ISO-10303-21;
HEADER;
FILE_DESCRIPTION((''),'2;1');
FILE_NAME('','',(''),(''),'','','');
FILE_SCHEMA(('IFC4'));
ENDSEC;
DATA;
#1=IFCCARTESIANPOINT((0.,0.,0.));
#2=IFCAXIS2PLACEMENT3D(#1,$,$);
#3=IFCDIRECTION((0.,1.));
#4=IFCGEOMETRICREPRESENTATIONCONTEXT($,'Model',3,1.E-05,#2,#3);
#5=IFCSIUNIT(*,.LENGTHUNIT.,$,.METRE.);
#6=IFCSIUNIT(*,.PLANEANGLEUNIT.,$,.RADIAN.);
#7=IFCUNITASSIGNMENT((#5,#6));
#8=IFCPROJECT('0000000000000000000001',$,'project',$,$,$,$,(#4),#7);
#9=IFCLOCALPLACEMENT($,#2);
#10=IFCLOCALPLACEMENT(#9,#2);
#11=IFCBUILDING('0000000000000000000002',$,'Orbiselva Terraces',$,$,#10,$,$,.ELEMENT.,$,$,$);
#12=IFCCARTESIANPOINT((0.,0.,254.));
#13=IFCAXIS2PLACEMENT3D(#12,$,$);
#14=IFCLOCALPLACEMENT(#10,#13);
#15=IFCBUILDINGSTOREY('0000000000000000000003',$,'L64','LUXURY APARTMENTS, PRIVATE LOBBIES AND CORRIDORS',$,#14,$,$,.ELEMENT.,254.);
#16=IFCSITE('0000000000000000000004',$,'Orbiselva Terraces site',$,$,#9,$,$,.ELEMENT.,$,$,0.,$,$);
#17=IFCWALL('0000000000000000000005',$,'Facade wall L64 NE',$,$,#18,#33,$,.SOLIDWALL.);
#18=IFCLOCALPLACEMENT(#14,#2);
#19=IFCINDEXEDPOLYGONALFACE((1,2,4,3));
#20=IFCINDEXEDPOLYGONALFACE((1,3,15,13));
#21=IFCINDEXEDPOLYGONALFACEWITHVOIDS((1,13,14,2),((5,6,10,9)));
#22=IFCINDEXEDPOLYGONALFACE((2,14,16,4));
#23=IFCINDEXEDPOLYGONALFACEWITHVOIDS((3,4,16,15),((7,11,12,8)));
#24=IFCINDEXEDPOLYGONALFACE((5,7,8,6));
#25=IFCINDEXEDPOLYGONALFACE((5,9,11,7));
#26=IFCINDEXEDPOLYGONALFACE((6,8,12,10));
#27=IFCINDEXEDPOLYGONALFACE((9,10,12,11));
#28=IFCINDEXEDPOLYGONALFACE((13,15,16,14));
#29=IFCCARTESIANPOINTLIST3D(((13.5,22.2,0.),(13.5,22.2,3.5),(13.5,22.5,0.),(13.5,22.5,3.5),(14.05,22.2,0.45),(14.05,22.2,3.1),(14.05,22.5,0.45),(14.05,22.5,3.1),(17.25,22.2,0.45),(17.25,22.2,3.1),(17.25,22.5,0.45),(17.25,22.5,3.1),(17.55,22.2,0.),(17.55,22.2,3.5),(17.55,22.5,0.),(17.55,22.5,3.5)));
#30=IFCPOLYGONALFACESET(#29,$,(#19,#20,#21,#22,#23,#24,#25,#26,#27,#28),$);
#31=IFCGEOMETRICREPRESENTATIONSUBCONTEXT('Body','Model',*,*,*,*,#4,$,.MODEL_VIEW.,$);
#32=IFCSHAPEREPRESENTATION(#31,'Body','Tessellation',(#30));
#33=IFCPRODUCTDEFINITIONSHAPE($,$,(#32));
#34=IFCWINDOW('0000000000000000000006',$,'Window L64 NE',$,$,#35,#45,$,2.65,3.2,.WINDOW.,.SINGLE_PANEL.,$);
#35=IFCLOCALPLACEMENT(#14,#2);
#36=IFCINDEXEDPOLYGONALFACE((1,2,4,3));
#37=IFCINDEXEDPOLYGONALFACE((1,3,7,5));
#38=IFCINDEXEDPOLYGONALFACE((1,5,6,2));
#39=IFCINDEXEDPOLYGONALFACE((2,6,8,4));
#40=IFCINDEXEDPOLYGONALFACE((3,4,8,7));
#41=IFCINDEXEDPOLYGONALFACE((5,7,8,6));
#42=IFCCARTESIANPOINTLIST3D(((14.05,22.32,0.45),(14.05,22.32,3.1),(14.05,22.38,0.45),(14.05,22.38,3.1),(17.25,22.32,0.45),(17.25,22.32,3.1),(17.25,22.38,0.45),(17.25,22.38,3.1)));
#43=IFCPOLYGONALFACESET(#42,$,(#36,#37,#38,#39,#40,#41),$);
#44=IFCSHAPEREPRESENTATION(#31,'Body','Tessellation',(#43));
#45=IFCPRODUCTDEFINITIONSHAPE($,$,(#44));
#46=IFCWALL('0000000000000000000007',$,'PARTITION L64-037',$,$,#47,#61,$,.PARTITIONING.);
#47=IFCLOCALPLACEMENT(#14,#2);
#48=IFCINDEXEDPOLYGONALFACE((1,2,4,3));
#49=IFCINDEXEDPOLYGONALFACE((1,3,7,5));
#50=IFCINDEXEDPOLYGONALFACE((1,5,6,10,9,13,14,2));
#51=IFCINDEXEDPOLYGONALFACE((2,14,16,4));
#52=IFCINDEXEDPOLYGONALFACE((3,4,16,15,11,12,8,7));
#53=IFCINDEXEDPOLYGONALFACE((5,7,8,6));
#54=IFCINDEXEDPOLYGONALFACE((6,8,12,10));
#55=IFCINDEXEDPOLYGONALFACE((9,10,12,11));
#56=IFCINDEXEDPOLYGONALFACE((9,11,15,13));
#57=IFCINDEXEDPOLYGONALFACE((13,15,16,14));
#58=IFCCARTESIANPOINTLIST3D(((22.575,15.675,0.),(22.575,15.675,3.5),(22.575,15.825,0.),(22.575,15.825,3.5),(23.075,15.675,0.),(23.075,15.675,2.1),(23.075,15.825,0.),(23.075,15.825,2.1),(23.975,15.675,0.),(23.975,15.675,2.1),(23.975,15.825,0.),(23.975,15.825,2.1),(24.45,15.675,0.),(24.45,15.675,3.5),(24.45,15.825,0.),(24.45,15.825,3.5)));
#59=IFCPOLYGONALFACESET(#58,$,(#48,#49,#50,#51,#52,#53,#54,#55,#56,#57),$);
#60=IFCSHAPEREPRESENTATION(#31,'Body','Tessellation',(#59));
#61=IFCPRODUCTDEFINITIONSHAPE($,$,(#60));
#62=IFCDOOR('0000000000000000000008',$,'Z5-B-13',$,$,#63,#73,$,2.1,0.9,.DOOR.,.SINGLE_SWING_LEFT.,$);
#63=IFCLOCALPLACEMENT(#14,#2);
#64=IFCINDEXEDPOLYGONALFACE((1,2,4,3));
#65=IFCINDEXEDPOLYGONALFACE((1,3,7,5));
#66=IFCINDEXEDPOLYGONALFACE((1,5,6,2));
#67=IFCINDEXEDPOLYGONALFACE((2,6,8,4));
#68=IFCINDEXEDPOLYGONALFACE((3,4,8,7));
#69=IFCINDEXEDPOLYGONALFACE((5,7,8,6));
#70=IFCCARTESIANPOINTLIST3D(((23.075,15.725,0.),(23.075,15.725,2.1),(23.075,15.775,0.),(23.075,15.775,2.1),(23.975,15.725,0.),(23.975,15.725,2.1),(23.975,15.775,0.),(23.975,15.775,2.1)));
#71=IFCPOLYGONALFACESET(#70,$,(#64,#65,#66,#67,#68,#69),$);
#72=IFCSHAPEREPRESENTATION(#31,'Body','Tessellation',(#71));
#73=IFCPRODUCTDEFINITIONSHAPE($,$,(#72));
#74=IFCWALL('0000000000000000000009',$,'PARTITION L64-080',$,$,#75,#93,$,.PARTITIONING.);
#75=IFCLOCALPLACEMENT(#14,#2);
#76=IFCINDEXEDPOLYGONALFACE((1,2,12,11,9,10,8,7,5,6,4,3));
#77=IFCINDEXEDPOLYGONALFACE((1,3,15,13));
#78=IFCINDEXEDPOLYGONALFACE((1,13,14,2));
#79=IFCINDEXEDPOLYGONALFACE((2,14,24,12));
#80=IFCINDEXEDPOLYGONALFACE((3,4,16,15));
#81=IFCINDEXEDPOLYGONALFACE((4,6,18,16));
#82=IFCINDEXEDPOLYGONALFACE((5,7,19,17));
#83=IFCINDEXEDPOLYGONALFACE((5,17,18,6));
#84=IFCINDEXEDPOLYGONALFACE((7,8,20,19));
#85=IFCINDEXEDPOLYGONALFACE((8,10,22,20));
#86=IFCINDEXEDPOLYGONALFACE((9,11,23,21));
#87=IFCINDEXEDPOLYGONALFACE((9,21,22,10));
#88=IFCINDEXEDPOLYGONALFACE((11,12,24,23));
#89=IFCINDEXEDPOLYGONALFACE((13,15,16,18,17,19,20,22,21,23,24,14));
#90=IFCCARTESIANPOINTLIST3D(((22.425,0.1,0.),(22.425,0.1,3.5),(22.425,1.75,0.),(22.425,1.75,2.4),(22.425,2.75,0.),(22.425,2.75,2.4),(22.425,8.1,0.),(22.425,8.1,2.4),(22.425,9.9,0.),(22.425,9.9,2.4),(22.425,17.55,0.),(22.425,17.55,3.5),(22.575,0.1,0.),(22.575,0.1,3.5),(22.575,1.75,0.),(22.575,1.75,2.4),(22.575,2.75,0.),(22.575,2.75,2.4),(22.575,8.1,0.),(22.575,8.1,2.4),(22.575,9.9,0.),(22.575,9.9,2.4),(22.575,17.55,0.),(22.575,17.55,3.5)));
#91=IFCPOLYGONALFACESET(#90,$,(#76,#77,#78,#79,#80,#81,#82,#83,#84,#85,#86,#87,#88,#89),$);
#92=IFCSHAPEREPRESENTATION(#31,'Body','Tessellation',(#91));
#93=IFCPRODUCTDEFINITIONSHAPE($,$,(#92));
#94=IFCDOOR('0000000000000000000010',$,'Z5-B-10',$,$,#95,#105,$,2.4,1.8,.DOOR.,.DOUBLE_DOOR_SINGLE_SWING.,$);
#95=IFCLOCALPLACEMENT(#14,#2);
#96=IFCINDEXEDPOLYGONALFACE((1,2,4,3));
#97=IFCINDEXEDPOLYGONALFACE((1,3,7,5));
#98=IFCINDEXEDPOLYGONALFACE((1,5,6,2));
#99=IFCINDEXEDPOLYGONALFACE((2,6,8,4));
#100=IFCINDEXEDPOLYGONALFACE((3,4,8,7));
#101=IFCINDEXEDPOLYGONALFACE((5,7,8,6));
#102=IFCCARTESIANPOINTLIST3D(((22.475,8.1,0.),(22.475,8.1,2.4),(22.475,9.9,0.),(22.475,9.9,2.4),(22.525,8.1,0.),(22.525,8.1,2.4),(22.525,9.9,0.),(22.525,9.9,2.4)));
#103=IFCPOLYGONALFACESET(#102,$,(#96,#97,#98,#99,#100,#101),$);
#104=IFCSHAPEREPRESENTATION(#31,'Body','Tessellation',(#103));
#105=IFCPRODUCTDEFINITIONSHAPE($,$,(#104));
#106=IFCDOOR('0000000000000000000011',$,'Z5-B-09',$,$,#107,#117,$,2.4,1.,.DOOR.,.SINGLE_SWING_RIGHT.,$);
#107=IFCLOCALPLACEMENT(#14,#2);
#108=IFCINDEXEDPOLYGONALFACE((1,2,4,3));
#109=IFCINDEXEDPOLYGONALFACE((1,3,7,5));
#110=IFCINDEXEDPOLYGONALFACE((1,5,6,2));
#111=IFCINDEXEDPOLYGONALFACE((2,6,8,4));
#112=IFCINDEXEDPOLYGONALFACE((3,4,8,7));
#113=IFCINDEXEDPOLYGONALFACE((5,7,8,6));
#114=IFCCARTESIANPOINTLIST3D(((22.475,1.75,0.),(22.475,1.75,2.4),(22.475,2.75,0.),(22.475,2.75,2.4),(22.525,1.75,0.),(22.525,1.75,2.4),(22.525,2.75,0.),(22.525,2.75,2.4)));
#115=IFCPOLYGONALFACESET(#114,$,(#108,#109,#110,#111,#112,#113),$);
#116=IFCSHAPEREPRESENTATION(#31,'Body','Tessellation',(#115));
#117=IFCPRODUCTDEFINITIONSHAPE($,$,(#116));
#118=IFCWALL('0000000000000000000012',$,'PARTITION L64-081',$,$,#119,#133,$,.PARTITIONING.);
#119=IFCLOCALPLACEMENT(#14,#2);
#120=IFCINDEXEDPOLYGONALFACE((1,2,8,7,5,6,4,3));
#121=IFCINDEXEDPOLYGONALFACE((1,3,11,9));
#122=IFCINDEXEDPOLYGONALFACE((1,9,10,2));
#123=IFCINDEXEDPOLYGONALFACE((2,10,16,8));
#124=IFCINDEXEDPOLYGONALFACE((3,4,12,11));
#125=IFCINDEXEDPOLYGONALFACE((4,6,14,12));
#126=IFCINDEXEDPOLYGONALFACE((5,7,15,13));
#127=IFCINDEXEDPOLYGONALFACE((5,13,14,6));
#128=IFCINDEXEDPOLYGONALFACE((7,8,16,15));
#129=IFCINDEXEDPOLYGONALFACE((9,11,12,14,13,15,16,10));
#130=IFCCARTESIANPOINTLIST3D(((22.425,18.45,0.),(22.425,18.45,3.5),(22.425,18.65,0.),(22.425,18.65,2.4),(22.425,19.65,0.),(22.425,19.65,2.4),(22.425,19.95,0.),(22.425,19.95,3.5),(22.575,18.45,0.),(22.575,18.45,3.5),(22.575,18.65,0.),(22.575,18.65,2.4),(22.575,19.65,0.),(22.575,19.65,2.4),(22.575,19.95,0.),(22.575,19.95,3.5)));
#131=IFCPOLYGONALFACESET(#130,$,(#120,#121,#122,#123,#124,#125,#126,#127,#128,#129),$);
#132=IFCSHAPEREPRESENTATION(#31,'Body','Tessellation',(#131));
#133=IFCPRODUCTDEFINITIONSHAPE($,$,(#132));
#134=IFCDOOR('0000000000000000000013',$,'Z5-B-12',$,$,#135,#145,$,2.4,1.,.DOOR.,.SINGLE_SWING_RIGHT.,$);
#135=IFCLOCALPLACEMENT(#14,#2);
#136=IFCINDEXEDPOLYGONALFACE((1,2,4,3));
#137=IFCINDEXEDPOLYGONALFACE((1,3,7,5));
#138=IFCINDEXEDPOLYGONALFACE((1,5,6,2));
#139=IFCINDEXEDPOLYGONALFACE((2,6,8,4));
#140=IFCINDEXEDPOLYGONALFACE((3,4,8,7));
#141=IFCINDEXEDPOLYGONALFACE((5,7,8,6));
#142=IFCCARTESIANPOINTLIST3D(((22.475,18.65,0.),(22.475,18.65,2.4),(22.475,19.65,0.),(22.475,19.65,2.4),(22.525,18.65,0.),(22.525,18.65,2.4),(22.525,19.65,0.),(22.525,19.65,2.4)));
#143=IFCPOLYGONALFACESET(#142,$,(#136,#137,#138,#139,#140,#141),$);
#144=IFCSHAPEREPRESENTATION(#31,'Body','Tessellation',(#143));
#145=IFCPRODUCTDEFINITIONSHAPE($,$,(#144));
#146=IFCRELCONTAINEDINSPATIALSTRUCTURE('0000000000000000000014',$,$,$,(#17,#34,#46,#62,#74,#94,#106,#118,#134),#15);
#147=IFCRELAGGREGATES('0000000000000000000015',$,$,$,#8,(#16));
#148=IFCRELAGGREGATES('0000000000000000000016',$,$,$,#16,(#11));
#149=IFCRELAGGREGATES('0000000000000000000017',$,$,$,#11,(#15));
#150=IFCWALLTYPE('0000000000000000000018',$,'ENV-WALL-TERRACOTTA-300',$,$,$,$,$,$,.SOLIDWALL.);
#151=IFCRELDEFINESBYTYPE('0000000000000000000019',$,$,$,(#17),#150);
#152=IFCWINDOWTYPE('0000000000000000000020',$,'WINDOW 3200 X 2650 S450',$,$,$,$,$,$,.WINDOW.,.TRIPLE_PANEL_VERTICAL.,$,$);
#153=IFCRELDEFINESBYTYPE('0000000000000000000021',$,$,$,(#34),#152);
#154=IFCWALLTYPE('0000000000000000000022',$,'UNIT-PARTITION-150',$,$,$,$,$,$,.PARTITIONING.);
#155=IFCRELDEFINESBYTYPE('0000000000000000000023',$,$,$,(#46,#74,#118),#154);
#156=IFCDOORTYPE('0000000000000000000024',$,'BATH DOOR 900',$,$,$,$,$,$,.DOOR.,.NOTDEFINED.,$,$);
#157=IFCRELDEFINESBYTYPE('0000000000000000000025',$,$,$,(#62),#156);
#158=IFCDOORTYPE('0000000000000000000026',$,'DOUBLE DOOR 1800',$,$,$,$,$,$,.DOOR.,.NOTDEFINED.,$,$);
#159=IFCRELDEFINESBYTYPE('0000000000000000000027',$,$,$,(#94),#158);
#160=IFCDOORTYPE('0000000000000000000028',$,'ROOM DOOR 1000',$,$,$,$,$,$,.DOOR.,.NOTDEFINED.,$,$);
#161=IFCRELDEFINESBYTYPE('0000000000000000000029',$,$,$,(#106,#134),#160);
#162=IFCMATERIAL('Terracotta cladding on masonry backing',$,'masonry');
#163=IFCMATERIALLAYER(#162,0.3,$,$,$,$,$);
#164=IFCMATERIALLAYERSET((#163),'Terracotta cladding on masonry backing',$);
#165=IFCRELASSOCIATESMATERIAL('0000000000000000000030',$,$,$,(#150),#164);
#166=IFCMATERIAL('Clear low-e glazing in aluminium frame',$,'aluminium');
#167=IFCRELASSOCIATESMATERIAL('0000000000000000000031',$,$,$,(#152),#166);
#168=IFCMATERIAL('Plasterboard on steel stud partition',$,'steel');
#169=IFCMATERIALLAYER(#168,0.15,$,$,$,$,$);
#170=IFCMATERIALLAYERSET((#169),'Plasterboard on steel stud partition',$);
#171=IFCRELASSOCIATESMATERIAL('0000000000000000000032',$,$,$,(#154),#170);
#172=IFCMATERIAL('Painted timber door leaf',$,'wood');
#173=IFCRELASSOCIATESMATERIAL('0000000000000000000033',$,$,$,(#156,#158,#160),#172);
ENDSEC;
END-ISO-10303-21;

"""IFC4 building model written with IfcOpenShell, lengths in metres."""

from ifc_helpers import new_model, si_unit, direction, frame, frame_2d, origin, place, context, subcontext, project, spatial, rectangle, extrude, material, layer, layer_set, type_object, element, fill, save


model = new_model("IFC4")

# Units and contexts
model_context = context("Model", 3, precision=1e-05, world=origin(), true_north=direction((0.0, 1.0)))
body_context = subcontext(model_context, "Body", "Model", "MODEL_VIEW")
ifc_project = project(units=[si_unit("LENGTHUNIT", "METRE"), si_unit("PLANEANGLEUNIT", "RADIAN")], contexts=[model_context])

# Site, building, storey
site_placement = place(None, origin())
site = spatial("IfcSite", under=ifc_project, at=site_placement, Name="Orbiselva Terraces site", CompositionType="ELEMENT", RefElevation=0.0)
building_placement = place(site_placement, origin())
building = spatial("IfcBuilding", under=site, at=building_placement, Name="Orbiselva Terraces", CompositionType="ELEMENT")
storey_placement = place(building_placement, frame((0.0, 0.0, 254.0)))
storey = spatial("IfcBuildingStorey", under=building, at=storey_placement, Name="L64", Description="LUXURY APARTMENTS, PRIVATE LOBBIES AND CORRIDORS", CompositionType="ELEMENT", Elevation=254.0)

# Shared definitions
ifc_material_1 = material(Name="Terracotta cladding on masonry backing", Category="masonry")
ifc_layer_1 = layer(ifc_material_1, 0.3)
ifc_layer_set_1 = layer_set([ifc_layer_1], Name="Terracotta cladding on masonry backing")
wall_type_1 = type_object("IfcWallType", Name="ENV-WALL-TERRACOTTA-300", PredefinedType="SOLIDWALL", material=ifc_layer_set_1)
ifc_material_2 = material(Name="Clear low-e glazing in aluminium frame", Category="aluminium")
window_type_1 = type_object("IfcWindowType", Name="WINDOW 3200 X 2650 S450", PartitioningType="TRIPLE_PANEL_VERTICAL", PredefinedType="WINDOW", material=ifc_material_2)

# Wall, opening, window
wall_1_placement = place(storey_placement, frame((13.5, 22.35, 0.0), z_axis=(0.0, 0.0, 1.0), x_axis=(1.0, 0.0, 0.0)))
wall_1 = element("IfcWall", 1, at=wall_1_placement, inside=storey, type_object=wall_type_1, Name="Facade wall L64 NE", PredefinedType="SOLIDWALL", context=body_context, shape_type="SweptSolid", body=[
    extrude(rectangle(XDim=4.05, YDim=0.3, at=frame_2d((2.025, 0.0))), origin(), (0.0, 0.0, 1.0), 3.5),
])
opening_1_placement = place(wall_1_placement, frame((0.55, 0.0, 0.45)))
opening_1 = element("IfcOpeningElement", 2, at=opening_1_placement, cuts=wall_1, PredefinedType="OPENING", context=body_context, shape_type="SweptSolid", body=[
    extrude(rectangle(XDim=3.2, YDim=2.65, at=frame_2d((1.6, 1.325))), frame((0.0, 0.16, 0.0), z_axis=(0.0, -1.0, 0.0), x_axis=(1.0, 0.0, 0.0)), (0.0, 0.0, 1.0), 0.32),
])
window_1_placement = place(opening_1_placement, origin())
window_1 = element("IfcWindow", 3, at=window_1_placement, inside=storey, type_object=window_type_1, Name="Window L64 NE", OverallHeight=2.65, OverallWidth=3.2, PartitioningType="SINGLE_PANEL", PredefinedType="WINDOW", context=body_context, shape_type="SweptSolid", body=[
    extrude(rectangle(XDim=3.2, YDim=2.65, at=frame_2d((1.6, 1.325))), frame((0.0, 0.03, 0.0), z_axis=(0.0, -1.0, 0.0), x_axis=(1.0, 0.0, 0.0)), (0.0, 0.0, 1.0), 0.06),
])
fill(opening_1, window_1)

# Wall, opening, door
ifc_material_3 = material(Name="Plasterboard on steel stud partition", Category="steel")
ifc_layer_2 = layer(ifc_material_3, 0.15)
ifc_layer_set_2 = layer_set([ifc_layer_2], Name="Plasterboard on steel stud partition")
wall_type_2 = type_object("IfcWallType", Name="UNIT-PARTITION-150", PredefinedType="PARTITIONING", material=ifc_layer_set_2)
wall_2_placement = place(storey_placement, frame((24.45, 15.75, 0.0), z_axis=(0.0, 0.0, 1.0), x_axis=(-1.0, 0.0, 0.0)))
wall_2 = element("IfcWall", 4, at=wall_2_placement, inside=storey, type_object=wall_type_2, Name="PARTITION L64-037", PredefinedType="PARTITIONING", context=body_context, shape_type="SweptSolid", body=[
    extrude(rectangle(XDim=1.875, YDim=0.15, at=frame_2d((0.9375, 0.0))), origin(), (0.0, 0.0, 1.0), 3.5),
])
opening_2_placement = place(wall_2_placement, frame((0.475, 0.0, 0.0)))
opening_2 = element("IfcOpeningElement", 5, at=opening_2_placement, cuts=wall_2, PredefinedType="OPENING", context=body_context, shape_type="SweptSolid", body=[
    extrude(rectangle(XDim=0.9, YDim=2.1, at=frame_2d((0.45, 1.05))), frame((0.0, 0.085, 0.0), z_axis=(0.0, -1.0, 0.0), x_axis=(1.0, 0.0, 0.0)), (0.0, 0.0, 1.0), 0.17),
])
ifc_material_4 = material(Name="Painted timber door leaf", Category="wood")
door_type_1 = type_object("IfcDoorType", Name="BATH DOOR 900", OperationType="NOTDEFINED", PredefinedType="DOOR", material=ifc_material_4)
door_1_placement = place(opening_2_placement, origin())
door_1 = element("IfcDoor", 6, at=door_1_placement, inside=storey, type_object=door_type_1, Name="Z5-B-13", OperationType="SINGLE_SWING_LEFT", OverallHeight=2.1, OverallWidth=0.9, PredefinedType="DOOR", context=body_context, shape_type="SweptSolid", body=[
    extrude(rectangle(XDim=0.9, YDim=2.1, at=frame_2d((0.45, 1.05))), frame((0.0, 0.025, 0.0), z_axis=(0.0, -1.0, 0.0), x_axis=(1.0, 0.0, 0.0)), (0.0, 0.0, 1.0), 0.05),
])
fill(opening_2, door_1)

# Wall, openings, doors
wall_3_placement = place(storey_placement, frame((22.5, 17.55, 0.0), z_axis=(0.0, 0.0, 1.0), x_axis=(0.0, -1.0, 0.0)))
wall_3 = element("IfcWall", 7, at=wall_3_placement, inside=storey, type_object=wall_type_2, Name="PARTITION L64-080", PredefinedType="PARTITIONING", context=body_context, shape_type="SweptSolid", body=[
    extrude(rectangle(XDim=17.45, YDim=0.15, at=frame_2d((8.725, 0.0))), origin(), (0.0, 0.0, 1.0), 3.5),
])
opening_3_placement = place(wall_3_placement, frame((14.8, 0.0, 0.0)))
opening_3 = element("IfcOpeningElement", 8, at=opening_3_placement, cuts=wall_3, PredefinedType="OPENING", context=body_context, shape_type="SweptSolid", body=[
    extrude(rectangle(XDim=1.0, YDim=2.4, at=frame_2d((0.5, 1.2))), frame((0.0, 0.085, 0.0), z_axis=(0.0, -1.0, 0.0), x_axis=(1.0, 0.0, 0.0)), (0.0, 0.0, 1.0), 0.17),
])
opening_4_placement = place(wall_3_placement, frame((7.65, 0.0, 0.0)))
opening_4 = element("IfcOpeningElement", 9, at=opening_4_placement, cuts=wall_3, PredefinedType="OPENING", context=body_context, shape_type="SweptSolid", body=[
    extrude(rectangle(XDim=1.8, YDim=2.4, at=frame_2d((0.9, 1.2))), frame((0.0, 0.085, 0.0), z_axis=(0.0, -1.0, 0.0), x_axis=(1.0, 0.0, 0.0)), (0.0, 0.0, 1.0), 0.17),
])
door_type_2 = type_object("IfcDoorType", Name="DOUBLE DOOR 1800", OperationType="NOTDEFINED", PredefinedType="DOOR", material=ifc_material_4)
door_2_placement = place(opening_4_placement, origin())
door_2 = element("IfcDoor", 10, at=door_2_placement, inside=storey, type_object=door_type_2, Name="Z5-B-10", OperationType="DOUBLE_DOOR_SINGLE_SWING", OverallHeight=2.4, OverallWidth=1.8, PredefinedType="DOOR", context=body_context, shape_type="SweptSolid", body=[
    extrude(rectangle(XDim=1.8, YDim=2.4, at=frame_2d((0.9, 1.2))), frame((0.0, 0.025, 0.0), z_axis=(0.0, -1.0, 0.0), x_axis=(1.0, 0.0, 0.0)), (0.0, 0.0, 1.0), 0.05),
])
fill(opening_4, door_2)
door_type_3 = type_object("IfcDoorType", Name="ROOM DOOR 1000", OperationType="NOTDEFINED", PredefinedType="DOOR", material=ifc_material_4)
door_3_placement = place(opening_3_placement, origin())
door_3 = element("IfcDoor", 11, at=door_3_placement, inside=storey, type_object=door_type_3, Name="Z5-B-09", OperationType="SINGLE_SWING_RIGHT", OverallHeight=2.4, OverallWidth=1.0, PredefinedType="DOOR", context=body_context, shape_type="SweptSolid", body=[
    extrude(rectangle(XDim=1.0, YDim=2.4, at=frame_2d((0.5, 1.2))), frame((0.0, 0.025, 0.0), z_axis=(0.0, -1.0, 0.0), x_axis=(1.0, 0.0, 0.0)), (0.0, 0.0, 1.0), 0.05),
])
fill(opening_3, door_3)

# Wall, opening, door
wall_4_placement = place(storey_placement, frame((22.5, 19.95, 0.0), z_axis=(0.0, 0.0, 1.0), x_axis=(0.0, -1.0, 0.0)))
wall_4 = element("IfcWall", 12, at=wall_4_placement, inside=storey, type_object=wall_type_2, Name="PARTITION L64-081", PredefinedType="PARTITIONING", context=body_context, shape_type="SweptSolid", body=[
    extrude(rectangle(XDim=1.5, YDim=0.15, at=frame_2d((0.75, 0.0))), origin(), (0.0, 0.0, 1.0), 3.5),
])
opening_5_placement = place(wall_4_placement, frame((0.3, 0.0, 0.0)))
opening_5 = element("IfcOpeningElement", 13, at=opening_5_placement, cuts=wall_4, PredefinedType="OPENING", context=body_context, shape_type="SweptSolid", body=[
    extrude(rectangle(XDim=1.0, YDim=2.4, at=frame_2d((0.5, 1.2))), frame((0.0, 0.085, 0.0), z_axis=(0.0, -1.0, 0.0), x_axis=(1.0, 0.0, 0.0)), (0.0, 0.0, 1.0), 0.17),
])
door_4_placement = place(opening_5_placement, origin())
door_4 = element("IfcDoor", 14, at=door_4_placement, inside=storey, type_object=door_type_3, Name="Z5-B-12", OperationType="SINGLE_SWING_RIGHT", OverallHeight=2.4, OverallWidth=1.0, PredefinedType="DOOR", context=body_context, shape_type="SweptSolid", body=[
    extrude(rectangle(XDim=1.0, YDim=2.4, at=frame_2d((0.5, 1.2))), frame((0.0, 0.025, 0.0), z_axis=(0.0, -1.0, 0.0), x_axis=(1.0, 0.0, 0.0)), (0.0, 0.0, 1.0), 0.05),
])
fill(opening_5, door_4)

save(model, "model.ifc")
